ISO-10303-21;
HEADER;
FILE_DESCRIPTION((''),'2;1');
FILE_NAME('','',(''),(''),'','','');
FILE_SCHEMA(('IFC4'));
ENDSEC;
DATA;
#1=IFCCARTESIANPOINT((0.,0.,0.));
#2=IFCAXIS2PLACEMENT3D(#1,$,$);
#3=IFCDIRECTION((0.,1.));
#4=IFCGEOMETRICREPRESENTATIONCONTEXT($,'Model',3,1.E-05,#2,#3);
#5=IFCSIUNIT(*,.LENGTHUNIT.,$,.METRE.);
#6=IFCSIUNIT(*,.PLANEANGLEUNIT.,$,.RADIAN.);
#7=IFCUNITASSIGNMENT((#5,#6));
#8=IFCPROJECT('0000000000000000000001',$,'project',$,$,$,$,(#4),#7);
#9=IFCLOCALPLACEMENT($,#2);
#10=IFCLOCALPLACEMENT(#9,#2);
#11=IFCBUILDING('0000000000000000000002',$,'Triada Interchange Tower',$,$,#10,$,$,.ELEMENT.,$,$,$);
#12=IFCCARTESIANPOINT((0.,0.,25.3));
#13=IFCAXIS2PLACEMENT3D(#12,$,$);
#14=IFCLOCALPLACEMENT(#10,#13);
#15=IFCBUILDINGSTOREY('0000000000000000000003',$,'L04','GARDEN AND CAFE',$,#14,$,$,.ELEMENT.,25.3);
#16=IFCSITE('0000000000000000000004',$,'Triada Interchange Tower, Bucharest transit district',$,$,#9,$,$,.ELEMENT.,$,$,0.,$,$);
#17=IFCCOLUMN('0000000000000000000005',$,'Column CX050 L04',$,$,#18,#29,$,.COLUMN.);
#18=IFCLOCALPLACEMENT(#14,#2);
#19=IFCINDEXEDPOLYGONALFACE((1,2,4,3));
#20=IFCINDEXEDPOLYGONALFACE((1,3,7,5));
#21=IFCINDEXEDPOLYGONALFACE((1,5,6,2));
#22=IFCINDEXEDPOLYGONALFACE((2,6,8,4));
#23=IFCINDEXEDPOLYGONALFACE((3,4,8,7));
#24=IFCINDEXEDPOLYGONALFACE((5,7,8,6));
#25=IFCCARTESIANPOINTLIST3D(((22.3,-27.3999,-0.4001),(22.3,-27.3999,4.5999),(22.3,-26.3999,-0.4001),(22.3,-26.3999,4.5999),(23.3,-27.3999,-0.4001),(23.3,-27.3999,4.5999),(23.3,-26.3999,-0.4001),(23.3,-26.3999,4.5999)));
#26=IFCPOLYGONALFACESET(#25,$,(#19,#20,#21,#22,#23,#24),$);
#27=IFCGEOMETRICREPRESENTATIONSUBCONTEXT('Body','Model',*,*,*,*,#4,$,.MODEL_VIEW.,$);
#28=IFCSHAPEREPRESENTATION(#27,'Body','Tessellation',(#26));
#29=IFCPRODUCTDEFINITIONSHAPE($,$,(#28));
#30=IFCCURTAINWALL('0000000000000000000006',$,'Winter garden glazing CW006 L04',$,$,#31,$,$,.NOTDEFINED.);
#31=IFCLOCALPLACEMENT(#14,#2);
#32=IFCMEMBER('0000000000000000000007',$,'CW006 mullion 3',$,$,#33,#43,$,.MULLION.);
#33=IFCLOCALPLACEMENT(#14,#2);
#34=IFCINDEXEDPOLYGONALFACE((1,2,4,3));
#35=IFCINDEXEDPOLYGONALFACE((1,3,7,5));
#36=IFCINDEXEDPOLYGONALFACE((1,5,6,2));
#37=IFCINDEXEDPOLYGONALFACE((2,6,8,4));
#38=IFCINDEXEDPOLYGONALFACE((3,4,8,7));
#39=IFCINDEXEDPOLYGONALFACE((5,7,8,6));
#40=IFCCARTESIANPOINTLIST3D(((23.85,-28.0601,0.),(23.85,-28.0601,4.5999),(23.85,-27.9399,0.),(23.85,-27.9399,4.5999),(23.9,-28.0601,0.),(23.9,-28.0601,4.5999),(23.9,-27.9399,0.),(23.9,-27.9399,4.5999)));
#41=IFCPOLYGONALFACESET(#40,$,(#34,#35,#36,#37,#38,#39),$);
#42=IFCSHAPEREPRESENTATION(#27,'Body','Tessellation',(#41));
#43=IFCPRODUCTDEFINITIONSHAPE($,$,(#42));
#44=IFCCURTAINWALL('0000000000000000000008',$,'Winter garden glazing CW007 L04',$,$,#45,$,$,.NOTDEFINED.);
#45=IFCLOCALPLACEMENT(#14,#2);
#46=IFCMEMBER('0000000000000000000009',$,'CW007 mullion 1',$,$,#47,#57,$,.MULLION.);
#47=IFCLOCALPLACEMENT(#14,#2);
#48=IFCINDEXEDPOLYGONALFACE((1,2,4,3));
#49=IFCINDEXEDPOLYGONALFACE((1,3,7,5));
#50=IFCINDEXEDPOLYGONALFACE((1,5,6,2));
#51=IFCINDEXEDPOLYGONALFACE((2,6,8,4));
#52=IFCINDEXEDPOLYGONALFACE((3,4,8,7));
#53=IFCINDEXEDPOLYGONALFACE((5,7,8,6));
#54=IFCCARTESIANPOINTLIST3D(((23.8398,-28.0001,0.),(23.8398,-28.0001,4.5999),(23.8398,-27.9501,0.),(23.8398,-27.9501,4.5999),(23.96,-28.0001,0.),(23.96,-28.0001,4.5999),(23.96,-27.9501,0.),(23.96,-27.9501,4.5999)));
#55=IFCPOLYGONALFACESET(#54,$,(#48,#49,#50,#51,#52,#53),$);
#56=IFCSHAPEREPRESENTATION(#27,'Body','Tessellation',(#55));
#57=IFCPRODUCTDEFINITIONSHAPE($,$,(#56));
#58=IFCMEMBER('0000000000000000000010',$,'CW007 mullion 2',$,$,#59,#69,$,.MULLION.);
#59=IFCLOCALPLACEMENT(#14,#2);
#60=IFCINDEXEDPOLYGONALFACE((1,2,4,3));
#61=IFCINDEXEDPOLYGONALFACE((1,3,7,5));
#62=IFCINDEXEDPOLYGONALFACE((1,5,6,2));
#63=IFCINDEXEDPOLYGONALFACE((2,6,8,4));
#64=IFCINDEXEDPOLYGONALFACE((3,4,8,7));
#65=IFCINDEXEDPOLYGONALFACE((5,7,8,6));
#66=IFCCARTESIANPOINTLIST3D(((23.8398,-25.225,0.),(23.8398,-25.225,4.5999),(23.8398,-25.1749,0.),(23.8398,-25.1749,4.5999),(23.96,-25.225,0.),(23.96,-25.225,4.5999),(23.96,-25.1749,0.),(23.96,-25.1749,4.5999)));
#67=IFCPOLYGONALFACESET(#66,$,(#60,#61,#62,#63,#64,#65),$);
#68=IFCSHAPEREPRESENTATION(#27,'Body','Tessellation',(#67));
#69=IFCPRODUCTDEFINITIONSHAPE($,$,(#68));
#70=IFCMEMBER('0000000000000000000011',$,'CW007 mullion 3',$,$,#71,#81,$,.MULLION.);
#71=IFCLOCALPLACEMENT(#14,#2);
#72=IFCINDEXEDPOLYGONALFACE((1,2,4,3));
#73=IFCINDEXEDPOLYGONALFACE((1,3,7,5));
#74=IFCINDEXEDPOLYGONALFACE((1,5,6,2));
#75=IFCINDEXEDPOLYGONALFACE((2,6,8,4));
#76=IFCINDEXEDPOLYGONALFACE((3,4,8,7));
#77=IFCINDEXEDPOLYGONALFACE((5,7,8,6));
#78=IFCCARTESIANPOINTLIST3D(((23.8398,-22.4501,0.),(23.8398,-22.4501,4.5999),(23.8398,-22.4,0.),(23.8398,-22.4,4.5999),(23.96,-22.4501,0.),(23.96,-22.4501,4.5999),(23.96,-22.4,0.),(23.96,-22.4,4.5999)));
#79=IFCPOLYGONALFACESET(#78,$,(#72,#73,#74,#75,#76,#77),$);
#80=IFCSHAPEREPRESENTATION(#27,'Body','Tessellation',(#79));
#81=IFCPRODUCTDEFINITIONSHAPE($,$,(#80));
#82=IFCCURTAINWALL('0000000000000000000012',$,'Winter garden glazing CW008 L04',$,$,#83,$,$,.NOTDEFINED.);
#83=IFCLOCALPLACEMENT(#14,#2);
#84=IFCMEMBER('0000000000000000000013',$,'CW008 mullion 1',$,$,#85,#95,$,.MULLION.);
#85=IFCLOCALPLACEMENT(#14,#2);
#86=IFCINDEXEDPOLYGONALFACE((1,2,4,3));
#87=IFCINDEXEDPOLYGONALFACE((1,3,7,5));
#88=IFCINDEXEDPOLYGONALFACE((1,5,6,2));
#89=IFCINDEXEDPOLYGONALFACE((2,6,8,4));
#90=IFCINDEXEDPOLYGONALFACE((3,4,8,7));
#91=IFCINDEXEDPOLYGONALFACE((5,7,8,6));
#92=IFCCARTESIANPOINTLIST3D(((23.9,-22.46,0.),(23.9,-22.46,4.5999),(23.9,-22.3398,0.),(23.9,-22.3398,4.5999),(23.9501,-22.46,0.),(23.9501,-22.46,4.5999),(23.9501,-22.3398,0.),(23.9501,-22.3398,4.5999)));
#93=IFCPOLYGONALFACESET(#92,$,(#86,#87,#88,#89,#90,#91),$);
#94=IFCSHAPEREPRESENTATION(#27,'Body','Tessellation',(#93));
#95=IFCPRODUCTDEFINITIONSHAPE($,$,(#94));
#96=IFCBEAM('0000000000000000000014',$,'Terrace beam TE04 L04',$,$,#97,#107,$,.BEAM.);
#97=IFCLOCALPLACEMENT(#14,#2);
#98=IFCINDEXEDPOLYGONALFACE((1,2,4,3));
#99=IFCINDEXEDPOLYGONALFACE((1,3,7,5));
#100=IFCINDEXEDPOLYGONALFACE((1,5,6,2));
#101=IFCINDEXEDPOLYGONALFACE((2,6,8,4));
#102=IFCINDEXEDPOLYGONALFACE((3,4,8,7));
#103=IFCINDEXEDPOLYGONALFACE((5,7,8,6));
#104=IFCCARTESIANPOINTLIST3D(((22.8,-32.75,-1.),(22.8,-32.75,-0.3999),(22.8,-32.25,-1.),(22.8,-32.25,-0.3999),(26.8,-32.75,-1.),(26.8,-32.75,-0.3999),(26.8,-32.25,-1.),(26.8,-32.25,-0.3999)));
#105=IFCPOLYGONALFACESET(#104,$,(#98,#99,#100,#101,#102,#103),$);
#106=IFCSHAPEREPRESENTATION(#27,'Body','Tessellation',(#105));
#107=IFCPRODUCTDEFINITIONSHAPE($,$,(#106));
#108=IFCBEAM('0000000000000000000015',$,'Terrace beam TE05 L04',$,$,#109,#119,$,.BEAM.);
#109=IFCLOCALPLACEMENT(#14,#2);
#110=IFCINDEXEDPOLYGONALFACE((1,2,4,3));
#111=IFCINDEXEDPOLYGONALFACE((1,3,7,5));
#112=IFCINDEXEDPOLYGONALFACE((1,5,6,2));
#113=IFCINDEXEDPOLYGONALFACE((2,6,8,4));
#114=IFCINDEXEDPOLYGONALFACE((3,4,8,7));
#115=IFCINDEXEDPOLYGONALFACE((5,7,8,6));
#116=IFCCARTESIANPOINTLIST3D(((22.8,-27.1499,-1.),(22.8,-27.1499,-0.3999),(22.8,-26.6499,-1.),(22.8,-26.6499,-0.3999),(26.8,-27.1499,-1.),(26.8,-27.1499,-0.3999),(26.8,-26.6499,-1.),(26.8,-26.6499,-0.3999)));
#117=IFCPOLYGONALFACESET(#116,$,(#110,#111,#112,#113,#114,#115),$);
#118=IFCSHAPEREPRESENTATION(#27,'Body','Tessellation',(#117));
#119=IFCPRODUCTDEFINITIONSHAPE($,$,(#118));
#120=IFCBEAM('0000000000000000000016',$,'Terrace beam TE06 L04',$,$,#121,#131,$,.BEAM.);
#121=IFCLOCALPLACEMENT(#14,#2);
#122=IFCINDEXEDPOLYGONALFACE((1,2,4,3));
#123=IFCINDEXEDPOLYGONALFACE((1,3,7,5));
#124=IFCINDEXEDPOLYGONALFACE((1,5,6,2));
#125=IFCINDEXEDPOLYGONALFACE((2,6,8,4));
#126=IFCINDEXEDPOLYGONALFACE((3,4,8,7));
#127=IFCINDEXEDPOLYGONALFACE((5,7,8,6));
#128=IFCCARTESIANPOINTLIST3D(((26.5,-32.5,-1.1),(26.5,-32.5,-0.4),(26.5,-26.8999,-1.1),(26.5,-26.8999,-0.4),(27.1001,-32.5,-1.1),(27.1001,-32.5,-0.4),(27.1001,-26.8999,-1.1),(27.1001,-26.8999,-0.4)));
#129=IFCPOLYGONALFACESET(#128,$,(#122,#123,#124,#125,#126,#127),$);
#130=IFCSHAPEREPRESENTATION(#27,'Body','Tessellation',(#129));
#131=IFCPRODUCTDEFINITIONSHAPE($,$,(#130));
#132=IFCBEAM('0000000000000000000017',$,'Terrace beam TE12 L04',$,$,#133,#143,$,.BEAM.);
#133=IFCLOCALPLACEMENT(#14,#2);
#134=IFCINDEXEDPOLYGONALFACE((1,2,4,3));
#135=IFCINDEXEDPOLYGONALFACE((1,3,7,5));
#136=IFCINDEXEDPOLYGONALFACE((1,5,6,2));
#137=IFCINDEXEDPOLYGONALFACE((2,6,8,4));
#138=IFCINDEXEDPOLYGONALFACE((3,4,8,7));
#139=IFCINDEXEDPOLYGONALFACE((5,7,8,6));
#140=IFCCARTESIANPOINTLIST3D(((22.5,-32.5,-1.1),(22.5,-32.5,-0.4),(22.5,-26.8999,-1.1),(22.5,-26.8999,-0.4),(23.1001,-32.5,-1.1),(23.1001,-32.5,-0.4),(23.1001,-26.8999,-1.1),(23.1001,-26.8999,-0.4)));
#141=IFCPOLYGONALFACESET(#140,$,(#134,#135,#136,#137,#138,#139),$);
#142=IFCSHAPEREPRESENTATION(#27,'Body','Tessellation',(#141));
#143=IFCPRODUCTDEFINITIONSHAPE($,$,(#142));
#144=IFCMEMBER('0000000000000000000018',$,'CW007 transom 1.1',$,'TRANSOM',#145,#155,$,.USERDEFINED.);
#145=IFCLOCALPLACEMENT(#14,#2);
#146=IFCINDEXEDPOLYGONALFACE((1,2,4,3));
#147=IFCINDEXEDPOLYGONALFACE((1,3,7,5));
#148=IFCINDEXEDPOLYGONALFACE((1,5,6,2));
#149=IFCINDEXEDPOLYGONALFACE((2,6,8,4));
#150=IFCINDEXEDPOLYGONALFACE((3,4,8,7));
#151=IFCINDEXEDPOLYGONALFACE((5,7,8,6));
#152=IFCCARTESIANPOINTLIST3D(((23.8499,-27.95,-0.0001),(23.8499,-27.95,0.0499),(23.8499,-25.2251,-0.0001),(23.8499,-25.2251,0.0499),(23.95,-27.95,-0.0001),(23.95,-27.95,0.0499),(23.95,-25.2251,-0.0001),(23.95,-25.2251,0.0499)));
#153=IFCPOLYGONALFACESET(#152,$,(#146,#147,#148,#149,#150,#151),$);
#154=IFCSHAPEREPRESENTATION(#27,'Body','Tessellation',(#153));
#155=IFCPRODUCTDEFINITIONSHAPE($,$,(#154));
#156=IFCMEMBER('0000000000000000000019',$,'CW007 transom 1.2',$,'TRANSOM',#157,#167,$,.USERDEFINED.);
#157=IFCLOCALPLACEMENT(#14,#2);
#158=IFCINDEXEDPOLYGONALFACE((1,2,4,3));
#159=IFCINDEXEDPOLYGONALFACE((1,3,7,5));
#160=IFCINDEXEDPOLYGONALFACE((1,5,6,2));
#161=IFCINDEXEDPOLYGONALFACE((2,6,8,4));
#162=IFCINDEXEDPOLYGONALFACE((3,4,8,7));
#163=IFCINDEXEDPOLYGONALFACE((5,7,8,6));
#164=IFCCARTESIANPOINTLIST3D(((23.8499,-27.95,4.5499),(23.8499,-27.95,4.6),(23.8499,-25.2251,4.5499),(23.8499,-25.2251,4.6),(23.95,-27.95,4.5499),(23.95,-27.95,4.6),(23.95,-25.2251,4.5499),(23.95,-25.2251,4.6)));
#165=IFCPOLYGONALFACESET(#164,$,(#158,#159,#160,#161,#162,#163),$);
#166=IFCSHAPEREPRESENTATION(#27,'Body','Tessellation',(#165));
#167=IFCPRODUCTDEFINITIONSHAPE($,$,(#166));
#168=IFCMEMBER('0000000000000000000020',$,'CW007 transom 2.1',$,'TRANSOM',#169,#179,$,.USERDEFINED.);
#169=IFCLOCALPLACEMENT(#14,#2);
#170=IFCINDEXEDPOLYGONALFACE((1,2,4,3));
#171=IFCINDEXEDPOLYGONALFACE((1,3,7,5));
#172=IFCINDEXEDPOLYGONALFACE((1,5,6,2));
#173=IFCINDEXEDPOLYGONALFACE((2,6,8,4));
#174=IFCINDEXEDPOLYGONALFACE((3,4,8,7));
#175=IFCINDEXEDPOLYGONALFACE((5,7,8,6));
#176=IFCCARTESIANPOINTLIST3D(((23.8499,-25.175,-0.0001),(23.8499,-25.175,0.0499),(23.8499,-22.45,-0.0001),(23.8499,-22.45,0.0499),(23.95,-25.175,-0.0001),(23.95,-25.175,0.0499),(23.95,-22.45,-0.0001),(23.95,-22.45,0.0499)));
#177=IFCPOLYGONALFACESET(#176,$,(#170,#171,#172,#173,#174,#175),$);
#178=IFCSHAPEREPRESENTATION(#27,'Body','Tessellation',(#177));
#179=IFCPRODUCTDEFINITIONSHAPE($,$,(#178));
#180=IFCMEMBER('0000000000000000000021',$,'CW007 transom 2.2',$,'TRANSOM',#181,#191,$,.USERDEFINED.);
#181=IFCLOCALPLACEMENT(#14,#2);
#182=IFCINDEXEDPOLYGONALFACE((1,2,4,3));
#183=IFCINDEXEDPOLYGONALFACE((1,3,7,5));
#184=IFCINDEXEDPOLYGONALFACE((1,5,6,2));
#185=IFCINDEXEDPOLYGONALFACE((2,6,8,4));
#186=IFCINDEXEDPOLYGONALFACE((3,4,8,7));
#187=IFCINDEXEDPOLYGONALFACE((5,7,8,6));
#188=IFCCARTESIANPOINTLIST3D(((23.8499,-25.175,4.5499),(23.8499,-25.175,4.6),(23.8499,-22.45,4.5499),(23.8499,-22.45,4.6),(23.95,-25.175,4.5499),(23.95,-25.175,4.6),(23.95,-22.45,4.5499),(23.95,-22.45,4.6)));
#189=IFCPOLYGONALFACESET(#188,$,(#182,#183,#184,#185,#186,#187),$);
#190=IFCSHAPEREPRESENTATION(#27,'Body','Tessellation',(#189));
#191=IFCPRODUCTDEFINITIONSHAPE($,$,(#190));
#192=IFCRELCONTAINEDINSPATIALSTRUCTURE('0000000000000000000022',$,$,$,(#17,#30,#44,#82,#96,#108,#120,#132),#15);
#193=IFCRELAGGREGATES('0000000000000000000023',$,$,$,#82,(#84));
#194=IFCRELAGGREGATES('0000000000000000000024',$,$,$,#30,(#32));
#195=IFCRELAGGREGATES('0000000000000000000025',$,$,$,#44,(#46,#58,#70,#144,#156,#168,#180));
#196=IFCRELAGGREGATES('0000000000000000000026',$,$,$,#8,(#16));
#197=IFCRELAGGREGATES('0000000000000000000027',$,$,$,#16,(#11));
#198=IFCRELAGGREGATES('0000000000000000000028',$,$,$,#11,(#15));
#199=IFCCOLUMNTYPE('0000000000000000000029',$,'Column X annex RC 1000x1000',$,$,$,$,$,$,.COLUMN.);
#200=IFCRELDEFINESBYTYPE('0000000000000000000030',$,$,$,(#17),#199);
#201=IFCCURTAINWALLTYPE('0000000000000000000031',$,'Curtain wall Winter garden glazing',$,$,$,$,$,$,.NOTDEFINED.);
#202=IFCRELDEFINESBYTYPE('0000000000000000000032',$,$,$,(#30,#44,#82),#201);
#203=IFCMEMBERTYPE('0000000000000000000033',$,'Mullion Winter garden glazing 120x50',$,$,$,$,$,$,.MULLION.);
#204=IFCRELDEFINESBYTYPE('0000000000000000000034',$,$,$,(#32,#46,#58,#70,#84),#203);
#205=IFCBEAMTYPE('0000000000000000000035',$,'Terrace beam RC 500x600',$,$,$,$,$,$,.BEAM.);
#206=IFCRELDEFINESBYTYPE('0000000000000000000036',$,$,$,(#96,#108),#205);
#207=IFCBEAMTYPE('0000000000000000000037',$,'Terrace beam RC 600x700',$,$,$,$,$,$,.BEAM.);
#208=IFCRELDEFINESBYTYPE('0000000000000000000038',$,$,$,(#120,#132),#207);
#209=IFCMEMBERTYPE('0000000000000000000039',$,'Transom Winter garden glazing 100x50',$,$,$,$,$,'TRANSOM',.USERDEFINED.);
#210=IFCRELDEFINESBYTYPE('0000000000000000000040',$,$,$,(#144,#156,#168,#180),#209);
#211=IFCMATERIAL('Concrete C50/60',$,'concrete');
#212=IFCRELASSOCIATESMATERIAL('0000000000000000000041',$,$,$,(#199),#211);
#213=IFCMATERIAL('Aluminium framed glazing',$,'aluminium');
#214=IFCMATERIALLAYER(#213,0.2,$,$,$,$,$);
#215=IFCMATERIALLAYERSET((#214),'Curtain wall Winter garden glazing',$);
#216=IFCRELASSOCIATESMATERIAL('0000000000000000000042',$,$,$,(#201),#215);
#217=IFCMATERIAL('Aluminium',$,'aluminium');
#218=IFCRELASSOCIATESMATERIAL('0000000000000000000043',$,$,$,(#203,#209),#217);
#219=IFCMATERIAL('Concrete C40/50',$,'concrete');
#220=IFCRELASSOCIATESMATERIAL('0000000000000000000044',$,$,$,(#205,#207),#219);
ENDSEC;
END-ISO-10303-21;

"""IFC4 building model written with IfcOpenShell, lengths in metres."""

from ifc_helpers import new_model, si_unit, direction, frame, origin, origin_2d, place, context, subcontext, project, spatial, rectangle, extrude, material, layer, layer_set, material_profile, profile_set, type_object, element, aggregate, save


model = new_model("IFC4")

# Units and contexts
model_context = context("Model", 3, precision=1e-05, world=origin(), true_north=direction((0.0, 1.0)))
body_context = subcontext(model_context, "Body", "Model", "MODEL_VIEW")
ifc_project = project(units=[si_unit("LENGTHUNIT", "METRE"), si_unit("PLANEANGLEUNIT", "RADIAN")], contexts=[model_context])

# Site, building, storey
site_placement = place(None, origin())
site = spatial("IfcSite", under=ifc_project, at=site_placement, Name="Triada Interchange Tower, Bucharest transit district", CompositionType="ELEMENT", RefElevation=0.0)
building_placement = place(site_placement, origin())
building = spatial("IfcBuilding", under=site, at=building_placement, Name="Triada Interchange Tower", CompositionType="ELEMENT")
storey_placement = place(building_placement, frame((0.0, 0.0, 25.3)))
storey = spatial("IfcBuildingStorey", under=building, at=storey_placement, Name="L04", Description="GARDEN AND CAFE", CompositionType="ELEMENT", Elevation=25.3)

# Column
ifc_material_1 = material(Name="Concrete C50/60", Category="concrete")
ifc_material_profile_1 = material_profile(ifc_material_1, rectangle(XDim=1.0, YDim=1.0, at=origin_2d()), Name="RC 1000x1000")
ifc_profile_set_1 = profile_set([ifc_material_profile_1], Name="Concrete C50/60")
column_type = type_object("IfcColumnType", Name="Column X annex RC 1000x1000", PredefinedType="COLUMN", material=ifc_profile_set_1)
column_placement = place(storey_placement, frame((22.8, -26.8999, -0.4001), z_axis=(0.0, 0.0, 1.0), x_axis=(1.0, 0.0, 0.0)))
element("IfcColumn", 1, at=column_placement, inside=storey, type_object=column_type, Name="Column CX050 L04", PredefinedType="COLUMN", context=body_context, shape_type="SweptSolid", body=[
    extrude(rectangle(XDim=1.0, YDim=1.0, at=origin_2d()), origin(), (0.0, 0.0, 1.0), 5.0),
])

# Curtain wall, member
ifc_material_2 = material(Name="Aluminium framed glazing", Category="aluminium")
ifc_layer_1 = layer(ifc_material_2, 0.2)
ifc_layer_set_1 = layer_set([ifc_layer_1], Name="Curtain wall Winter garden glazing")
curtain_wall_type = type_object("IfcCurtainWallType", Name="Curtain wall Winter garden glazing", PredefinedType="NOTDEFINED", material=ifc_layer_set_1)
curtain_wall_1_placement = place(storey_placement, origin())
curtain_wall_1 = element("IfcCurtainWall", 2, at=curtain_wall_1_placement, inside=storey, type_object=curtain_wall_type, Name="Winter garden glazing CW006 L04", PredefinedType="NOTDEFINED")
ifc_material_3 = material(Name="Aluminium", Category="aluminium")
ifc_material_profile_2 = material_profile(ifc_material_3, rectangle(XDim=0.1201, YDim=0.05, at=origin_2d()), Name="Aluminium mullion")
ifc_profile_set_2 = profile_set([ifc_material_profile_2], Name="Aluminium")
member_type_1 = type_object("IfcMemberType", Name="Mullion Winter garden glazing 120x50", PredefinedType="MULLION", material=ifc_profile_set_2)
member_1_placement = place(storey_placement, frame((23.875, -28.0, 0.0), z_axis=(0.0, 0.0, 1.0), x_axis=(0.0, 1.0, 0.0)))
member_1 = element("IfcMember", 3, at=member_1_placement, type_object=member_type_1, Name="CW006 mullion 3", PredefinedType="MULLION", context=body_context, shape_type="SweptSolid", body=[
    extrude(rectangle(XDim=0.1201, YDim=0.05, at=origin_2d()), origin(), (0.0, 0.0, 1.0), 4.5999),
])

# Curtain wall, members
curtain_wall_2_placement = place(storey_placement, origin())
curtain_wall_2 = element("IfcCurtainWall", 4, at=curtain_wall_2_placement, inside=storey, type_object=curtain_wall_type, Name="Winter garden glazing CW007 L04", PredefinedType="NOTDEFINED")
member_2_placement = place(storey_placement, frame((23.8999, -27.9751, 0.0), z_axis=(0.0, 0.0, 1.0), x_axis=(-1.0, 0.0, 0.0)))
member_2 = element("IfcMember", 5, at=member_2_placement, type_object=member_type_1, Name="CW007 mullion 1", PredefinedType="MULLION", context=body_context, shape_type="SweptSolid", body=[
    extrude(rectangle(XDim=0.1201, YDim=0.05, at=origin_2d()), origin(), (0.0, 0.0, 1.0), 4.5999),
])
member_3_placement = place(storey_placement, frame((23.8999, -25.2, 0.0), z_axis=(0.0, 0.0, 1.0), x_axis=(-1.0, 0.0, 0.0)))
member_3 = element("IfcMember", 6, at=member_3_placement, type_object=member_type_1, Name="CW007 mullion 2", PredefinedType="MULLION", context=body_context, shape_type="SweptSolid", body=[
    extrude(rectangle(XDim=0.1201, YDim=0.05, at=origin_2d()), origin(), (0.0, 0.0, 1.0), 4.5999),
])
member_4_placement = place(storey_placement, frame((23.8999, -22.425, 0.0), z_axis=(0.0, 0.0, 1.0), x_axis=(-1.0, 0.0, 0.0)))
member_4 = element("IfcMember", 7, at=member_4_placement, type_object=member_type_1, Name="CW007 mullion 3", PredefinedType="MULLION", context=body_context, shape_type="SweptSolid", body=[
    extrude(rectangle(XDim=0.1201, YDim=0.05, at=origin_2d()), origin(), (0.0, 0.0, 1.0), 4.5999),
])

# Curtain wall, member
curtain_wall_3_placement = place(storey_placement, origin())
curtain_wall_3 = element("IfcCurtainWall", 8, at=curtain_wall_3_placement, inside=storey, type_object=curtain_wall_type, Name="Winter garden glazing CW008 L04", PredefinedType="NOTDEFINED")
member_5_placement = place(storey_placement, frame((23.925, -22.3999, 0.0), z_axis=(0.0, 0.0, 1.0), x_axis=(0.0, 1.0, 0.0)))
member_5 = element("IfcMember", 9, at=member_5_placement, type_object=member_type_1, Name="CW008 mullion 1", PredefinedType="MULLION", context=body_context, shape_type="SweptSolid", body=[
    extrude(rectangle(XDim=0.1201, YDim=0.05, at=origin_2d()), origin(), (0.0, 0.0, 1.0), 4.5999),
])
aggregate(curtain_wall_3, [member_5])

# Beams
ifc_material_4 = material(Name="Concrete C40/50", Category="concrete")
ifc_material_profile_3 = material_profile(ifc_material_4, rectangle(XDim=0.5, YDim=0.6001, at=origin_2d()), Name="RC 500x600")
ifc_profile_set_3 = profile_set([ifc_material_profile_3], Name="Concrete C40/50")
beam_type_1 = type_object("IfcBeamType", Name="Terrace beam RC 500x600", PredefinedType="BEAM", material=ifc_profile_set_3)
for number, where, z_axis, x_axis, name in (
    (10, (26.8, -32.5, -0.7), (-1.0, 0.0, 0.0), (0.0, -1.0, 0.0), "Terrace beam TE04 L04"),
    (11, (26.8, -26.8999, -0.7), (-1.0, 0.0, 0.0), (0.0, -1.0, 0.0), "Terrace beam TE05 L04"),
):
    element("IfcBeam", number, at=place(storey_placement, frame(where, z_axis=z_axis, x_axis=x_axis)), inside=storey, type_object=beam_type_1, Name=name, PredefinedType="BEAM", context=body_context, shape_type="SweptSolid", body=[
        extrude(rectangle(XDim=0.5, YDim=0.6001, at=origin_2d()), origin(), (0.0, 0.0, 1.0), 4.0),
    ])
ifc_material_profile_4 = material_profile(ifc_material_4, rectangle(XDim=0.6001, YDim=0.7, at=origin_2d()), Name="RC 600x700")
ifc_profile_set_4 = profile_set([ifc_material_profile_4], Name="Concrete C40/50")
beam_type_2 = type_object("IfcBeamType", Name="Terrace beam RC 600x700", PredefinedType="BEAM", material=ifc_profile_set_4)
for number, where, z_axis, x_axis, name in (
    (12, (26.8, -32.5, -0.75), (0.0, 1.0, 0.0), (-1.0, 0.0, 0.0), "Terrace beam TE06 L04"),
    (13, (22.8, -32.5, -0.75), (0.0, 1.0, 0.0), (-1.0, 0.0, 0.0), "Terrace beam TE12 L04"),
):
    element("IfcBeam", number, at=place(storey_placement, frame(where, z_axis=z_axis, x_axis=x_axis)), inside=storey, type_object=beam_type_2, Name=name, PredefinedType="BEAM", context=body_context, shape_type="SweptSolid", body=[
        extrude(rectangle(XDim=0.6001, YDim=0.7, at=origin_2d()), origin(), (0.0, 0.0, 1.0), 5.6001),
    ])

# Members
ifc_material_profile_5 = material_profile(ifc_material_3, rectangle(XDim=0.1001, YDim=0.05, at=origin_2d()), Name="Aluminium transom")
ifc_profile_set_5 = profile_set([ifc_material_profile_5], Name="Aluminium")
member_type_2 = type_object("IfcMemberType", Name="Transom Winter garden glazing 100x50", ElementType="TRANSOM", PredefinedType="USERDEFINED", material=ifc_profile_set_5)
member_6_placement = place(storey_placement, frame((23.8999, -27.95, 0.0249), z_axis=(0.0, 1.0, 0.0), x_axis=(-1.0, 0.0, 0.0)))
member_6 = element("IfcMember", 14, at=member_6_placement, type_object=member_type_2, Name="CW007 transom 1.1", ObjectType="TRANSOM", PredefinedType="USERDEFINED", context=body_context, shape_type="SweptSolid", body=[
    extrude(rectangle(XDim=0.1001, YDim=0.05, at=origin_2d()), origin(), (0.0, 0.0, 1.0), 2.7249),
])
member_7_placement = place(storey_placement, frame((23.8999, -27.95, 4.575), z_axis=(0.0, 1.0, 0.0), x_axis=(-1.0, 0.0, 0.0)))
member_7 = element("IfcMember", 15, at=member_7_placement, type_object=member_type_2, Name="CW007 transom 1.2", ObjectType="TRANSOM", PredefinedType="USERDEFINED", context=body_context, shape_type="SweptSolid", body=[
    extrude(rectangle(XDim=0.1001, YDim=0.05, at=origin_2d()), origin(), (0.0, 0.0, 1.0), 2.7249),
])
member_8_placement = place(storey_placement, frame((23.8999, -25.175, 0.0249), z_axis=(0.0, 1.0, 0.0), x_axis=(-1.0, 0.0, 0.0)))
member_8 = element("IfcMember", 16, at=member_8_placement, type_object=member_type_2, Name="CW007 transom 2.1", ObjectType="TRANSOM", PredefinedType="USERDEFINED", context=body_context, shape_type="SweptSolid", body=[
    extrude(rectangle(XDim=0.1001, YDim=0.05, at=origin_2d()), origin(), (0.0, 0.0, 1.0), 2.7251),
])
member_9_placement = place(storey_placement, frame((23.8999, -25.175, 4.575), z_axis=(0.0, 1.0, 0.0), x_axis=(-1.0, 0.0, 0.0)))
member_9 = element("IfcMember", 17, at=member_9_placement, type_object=member_type_2, Name="CW007 transom 2.2", ObjectType="TRANSOM", PredefinedType="USERDEFINED", context=body_context, shape_type="SweptSolid", body=[
    extrude(rectangle(XDim=0.1001, YDim=0.05, at=origin_2d()), origin(), (0.0, 0.0, 1.0), 2.7251),
])

aggregate(curtain_wall_1, [member_1])
aggregate(curtain_wall_2, [member_2, member_3, member_4, member_6, member_7, member_8, member_9])

save(model, "model.ifc")
